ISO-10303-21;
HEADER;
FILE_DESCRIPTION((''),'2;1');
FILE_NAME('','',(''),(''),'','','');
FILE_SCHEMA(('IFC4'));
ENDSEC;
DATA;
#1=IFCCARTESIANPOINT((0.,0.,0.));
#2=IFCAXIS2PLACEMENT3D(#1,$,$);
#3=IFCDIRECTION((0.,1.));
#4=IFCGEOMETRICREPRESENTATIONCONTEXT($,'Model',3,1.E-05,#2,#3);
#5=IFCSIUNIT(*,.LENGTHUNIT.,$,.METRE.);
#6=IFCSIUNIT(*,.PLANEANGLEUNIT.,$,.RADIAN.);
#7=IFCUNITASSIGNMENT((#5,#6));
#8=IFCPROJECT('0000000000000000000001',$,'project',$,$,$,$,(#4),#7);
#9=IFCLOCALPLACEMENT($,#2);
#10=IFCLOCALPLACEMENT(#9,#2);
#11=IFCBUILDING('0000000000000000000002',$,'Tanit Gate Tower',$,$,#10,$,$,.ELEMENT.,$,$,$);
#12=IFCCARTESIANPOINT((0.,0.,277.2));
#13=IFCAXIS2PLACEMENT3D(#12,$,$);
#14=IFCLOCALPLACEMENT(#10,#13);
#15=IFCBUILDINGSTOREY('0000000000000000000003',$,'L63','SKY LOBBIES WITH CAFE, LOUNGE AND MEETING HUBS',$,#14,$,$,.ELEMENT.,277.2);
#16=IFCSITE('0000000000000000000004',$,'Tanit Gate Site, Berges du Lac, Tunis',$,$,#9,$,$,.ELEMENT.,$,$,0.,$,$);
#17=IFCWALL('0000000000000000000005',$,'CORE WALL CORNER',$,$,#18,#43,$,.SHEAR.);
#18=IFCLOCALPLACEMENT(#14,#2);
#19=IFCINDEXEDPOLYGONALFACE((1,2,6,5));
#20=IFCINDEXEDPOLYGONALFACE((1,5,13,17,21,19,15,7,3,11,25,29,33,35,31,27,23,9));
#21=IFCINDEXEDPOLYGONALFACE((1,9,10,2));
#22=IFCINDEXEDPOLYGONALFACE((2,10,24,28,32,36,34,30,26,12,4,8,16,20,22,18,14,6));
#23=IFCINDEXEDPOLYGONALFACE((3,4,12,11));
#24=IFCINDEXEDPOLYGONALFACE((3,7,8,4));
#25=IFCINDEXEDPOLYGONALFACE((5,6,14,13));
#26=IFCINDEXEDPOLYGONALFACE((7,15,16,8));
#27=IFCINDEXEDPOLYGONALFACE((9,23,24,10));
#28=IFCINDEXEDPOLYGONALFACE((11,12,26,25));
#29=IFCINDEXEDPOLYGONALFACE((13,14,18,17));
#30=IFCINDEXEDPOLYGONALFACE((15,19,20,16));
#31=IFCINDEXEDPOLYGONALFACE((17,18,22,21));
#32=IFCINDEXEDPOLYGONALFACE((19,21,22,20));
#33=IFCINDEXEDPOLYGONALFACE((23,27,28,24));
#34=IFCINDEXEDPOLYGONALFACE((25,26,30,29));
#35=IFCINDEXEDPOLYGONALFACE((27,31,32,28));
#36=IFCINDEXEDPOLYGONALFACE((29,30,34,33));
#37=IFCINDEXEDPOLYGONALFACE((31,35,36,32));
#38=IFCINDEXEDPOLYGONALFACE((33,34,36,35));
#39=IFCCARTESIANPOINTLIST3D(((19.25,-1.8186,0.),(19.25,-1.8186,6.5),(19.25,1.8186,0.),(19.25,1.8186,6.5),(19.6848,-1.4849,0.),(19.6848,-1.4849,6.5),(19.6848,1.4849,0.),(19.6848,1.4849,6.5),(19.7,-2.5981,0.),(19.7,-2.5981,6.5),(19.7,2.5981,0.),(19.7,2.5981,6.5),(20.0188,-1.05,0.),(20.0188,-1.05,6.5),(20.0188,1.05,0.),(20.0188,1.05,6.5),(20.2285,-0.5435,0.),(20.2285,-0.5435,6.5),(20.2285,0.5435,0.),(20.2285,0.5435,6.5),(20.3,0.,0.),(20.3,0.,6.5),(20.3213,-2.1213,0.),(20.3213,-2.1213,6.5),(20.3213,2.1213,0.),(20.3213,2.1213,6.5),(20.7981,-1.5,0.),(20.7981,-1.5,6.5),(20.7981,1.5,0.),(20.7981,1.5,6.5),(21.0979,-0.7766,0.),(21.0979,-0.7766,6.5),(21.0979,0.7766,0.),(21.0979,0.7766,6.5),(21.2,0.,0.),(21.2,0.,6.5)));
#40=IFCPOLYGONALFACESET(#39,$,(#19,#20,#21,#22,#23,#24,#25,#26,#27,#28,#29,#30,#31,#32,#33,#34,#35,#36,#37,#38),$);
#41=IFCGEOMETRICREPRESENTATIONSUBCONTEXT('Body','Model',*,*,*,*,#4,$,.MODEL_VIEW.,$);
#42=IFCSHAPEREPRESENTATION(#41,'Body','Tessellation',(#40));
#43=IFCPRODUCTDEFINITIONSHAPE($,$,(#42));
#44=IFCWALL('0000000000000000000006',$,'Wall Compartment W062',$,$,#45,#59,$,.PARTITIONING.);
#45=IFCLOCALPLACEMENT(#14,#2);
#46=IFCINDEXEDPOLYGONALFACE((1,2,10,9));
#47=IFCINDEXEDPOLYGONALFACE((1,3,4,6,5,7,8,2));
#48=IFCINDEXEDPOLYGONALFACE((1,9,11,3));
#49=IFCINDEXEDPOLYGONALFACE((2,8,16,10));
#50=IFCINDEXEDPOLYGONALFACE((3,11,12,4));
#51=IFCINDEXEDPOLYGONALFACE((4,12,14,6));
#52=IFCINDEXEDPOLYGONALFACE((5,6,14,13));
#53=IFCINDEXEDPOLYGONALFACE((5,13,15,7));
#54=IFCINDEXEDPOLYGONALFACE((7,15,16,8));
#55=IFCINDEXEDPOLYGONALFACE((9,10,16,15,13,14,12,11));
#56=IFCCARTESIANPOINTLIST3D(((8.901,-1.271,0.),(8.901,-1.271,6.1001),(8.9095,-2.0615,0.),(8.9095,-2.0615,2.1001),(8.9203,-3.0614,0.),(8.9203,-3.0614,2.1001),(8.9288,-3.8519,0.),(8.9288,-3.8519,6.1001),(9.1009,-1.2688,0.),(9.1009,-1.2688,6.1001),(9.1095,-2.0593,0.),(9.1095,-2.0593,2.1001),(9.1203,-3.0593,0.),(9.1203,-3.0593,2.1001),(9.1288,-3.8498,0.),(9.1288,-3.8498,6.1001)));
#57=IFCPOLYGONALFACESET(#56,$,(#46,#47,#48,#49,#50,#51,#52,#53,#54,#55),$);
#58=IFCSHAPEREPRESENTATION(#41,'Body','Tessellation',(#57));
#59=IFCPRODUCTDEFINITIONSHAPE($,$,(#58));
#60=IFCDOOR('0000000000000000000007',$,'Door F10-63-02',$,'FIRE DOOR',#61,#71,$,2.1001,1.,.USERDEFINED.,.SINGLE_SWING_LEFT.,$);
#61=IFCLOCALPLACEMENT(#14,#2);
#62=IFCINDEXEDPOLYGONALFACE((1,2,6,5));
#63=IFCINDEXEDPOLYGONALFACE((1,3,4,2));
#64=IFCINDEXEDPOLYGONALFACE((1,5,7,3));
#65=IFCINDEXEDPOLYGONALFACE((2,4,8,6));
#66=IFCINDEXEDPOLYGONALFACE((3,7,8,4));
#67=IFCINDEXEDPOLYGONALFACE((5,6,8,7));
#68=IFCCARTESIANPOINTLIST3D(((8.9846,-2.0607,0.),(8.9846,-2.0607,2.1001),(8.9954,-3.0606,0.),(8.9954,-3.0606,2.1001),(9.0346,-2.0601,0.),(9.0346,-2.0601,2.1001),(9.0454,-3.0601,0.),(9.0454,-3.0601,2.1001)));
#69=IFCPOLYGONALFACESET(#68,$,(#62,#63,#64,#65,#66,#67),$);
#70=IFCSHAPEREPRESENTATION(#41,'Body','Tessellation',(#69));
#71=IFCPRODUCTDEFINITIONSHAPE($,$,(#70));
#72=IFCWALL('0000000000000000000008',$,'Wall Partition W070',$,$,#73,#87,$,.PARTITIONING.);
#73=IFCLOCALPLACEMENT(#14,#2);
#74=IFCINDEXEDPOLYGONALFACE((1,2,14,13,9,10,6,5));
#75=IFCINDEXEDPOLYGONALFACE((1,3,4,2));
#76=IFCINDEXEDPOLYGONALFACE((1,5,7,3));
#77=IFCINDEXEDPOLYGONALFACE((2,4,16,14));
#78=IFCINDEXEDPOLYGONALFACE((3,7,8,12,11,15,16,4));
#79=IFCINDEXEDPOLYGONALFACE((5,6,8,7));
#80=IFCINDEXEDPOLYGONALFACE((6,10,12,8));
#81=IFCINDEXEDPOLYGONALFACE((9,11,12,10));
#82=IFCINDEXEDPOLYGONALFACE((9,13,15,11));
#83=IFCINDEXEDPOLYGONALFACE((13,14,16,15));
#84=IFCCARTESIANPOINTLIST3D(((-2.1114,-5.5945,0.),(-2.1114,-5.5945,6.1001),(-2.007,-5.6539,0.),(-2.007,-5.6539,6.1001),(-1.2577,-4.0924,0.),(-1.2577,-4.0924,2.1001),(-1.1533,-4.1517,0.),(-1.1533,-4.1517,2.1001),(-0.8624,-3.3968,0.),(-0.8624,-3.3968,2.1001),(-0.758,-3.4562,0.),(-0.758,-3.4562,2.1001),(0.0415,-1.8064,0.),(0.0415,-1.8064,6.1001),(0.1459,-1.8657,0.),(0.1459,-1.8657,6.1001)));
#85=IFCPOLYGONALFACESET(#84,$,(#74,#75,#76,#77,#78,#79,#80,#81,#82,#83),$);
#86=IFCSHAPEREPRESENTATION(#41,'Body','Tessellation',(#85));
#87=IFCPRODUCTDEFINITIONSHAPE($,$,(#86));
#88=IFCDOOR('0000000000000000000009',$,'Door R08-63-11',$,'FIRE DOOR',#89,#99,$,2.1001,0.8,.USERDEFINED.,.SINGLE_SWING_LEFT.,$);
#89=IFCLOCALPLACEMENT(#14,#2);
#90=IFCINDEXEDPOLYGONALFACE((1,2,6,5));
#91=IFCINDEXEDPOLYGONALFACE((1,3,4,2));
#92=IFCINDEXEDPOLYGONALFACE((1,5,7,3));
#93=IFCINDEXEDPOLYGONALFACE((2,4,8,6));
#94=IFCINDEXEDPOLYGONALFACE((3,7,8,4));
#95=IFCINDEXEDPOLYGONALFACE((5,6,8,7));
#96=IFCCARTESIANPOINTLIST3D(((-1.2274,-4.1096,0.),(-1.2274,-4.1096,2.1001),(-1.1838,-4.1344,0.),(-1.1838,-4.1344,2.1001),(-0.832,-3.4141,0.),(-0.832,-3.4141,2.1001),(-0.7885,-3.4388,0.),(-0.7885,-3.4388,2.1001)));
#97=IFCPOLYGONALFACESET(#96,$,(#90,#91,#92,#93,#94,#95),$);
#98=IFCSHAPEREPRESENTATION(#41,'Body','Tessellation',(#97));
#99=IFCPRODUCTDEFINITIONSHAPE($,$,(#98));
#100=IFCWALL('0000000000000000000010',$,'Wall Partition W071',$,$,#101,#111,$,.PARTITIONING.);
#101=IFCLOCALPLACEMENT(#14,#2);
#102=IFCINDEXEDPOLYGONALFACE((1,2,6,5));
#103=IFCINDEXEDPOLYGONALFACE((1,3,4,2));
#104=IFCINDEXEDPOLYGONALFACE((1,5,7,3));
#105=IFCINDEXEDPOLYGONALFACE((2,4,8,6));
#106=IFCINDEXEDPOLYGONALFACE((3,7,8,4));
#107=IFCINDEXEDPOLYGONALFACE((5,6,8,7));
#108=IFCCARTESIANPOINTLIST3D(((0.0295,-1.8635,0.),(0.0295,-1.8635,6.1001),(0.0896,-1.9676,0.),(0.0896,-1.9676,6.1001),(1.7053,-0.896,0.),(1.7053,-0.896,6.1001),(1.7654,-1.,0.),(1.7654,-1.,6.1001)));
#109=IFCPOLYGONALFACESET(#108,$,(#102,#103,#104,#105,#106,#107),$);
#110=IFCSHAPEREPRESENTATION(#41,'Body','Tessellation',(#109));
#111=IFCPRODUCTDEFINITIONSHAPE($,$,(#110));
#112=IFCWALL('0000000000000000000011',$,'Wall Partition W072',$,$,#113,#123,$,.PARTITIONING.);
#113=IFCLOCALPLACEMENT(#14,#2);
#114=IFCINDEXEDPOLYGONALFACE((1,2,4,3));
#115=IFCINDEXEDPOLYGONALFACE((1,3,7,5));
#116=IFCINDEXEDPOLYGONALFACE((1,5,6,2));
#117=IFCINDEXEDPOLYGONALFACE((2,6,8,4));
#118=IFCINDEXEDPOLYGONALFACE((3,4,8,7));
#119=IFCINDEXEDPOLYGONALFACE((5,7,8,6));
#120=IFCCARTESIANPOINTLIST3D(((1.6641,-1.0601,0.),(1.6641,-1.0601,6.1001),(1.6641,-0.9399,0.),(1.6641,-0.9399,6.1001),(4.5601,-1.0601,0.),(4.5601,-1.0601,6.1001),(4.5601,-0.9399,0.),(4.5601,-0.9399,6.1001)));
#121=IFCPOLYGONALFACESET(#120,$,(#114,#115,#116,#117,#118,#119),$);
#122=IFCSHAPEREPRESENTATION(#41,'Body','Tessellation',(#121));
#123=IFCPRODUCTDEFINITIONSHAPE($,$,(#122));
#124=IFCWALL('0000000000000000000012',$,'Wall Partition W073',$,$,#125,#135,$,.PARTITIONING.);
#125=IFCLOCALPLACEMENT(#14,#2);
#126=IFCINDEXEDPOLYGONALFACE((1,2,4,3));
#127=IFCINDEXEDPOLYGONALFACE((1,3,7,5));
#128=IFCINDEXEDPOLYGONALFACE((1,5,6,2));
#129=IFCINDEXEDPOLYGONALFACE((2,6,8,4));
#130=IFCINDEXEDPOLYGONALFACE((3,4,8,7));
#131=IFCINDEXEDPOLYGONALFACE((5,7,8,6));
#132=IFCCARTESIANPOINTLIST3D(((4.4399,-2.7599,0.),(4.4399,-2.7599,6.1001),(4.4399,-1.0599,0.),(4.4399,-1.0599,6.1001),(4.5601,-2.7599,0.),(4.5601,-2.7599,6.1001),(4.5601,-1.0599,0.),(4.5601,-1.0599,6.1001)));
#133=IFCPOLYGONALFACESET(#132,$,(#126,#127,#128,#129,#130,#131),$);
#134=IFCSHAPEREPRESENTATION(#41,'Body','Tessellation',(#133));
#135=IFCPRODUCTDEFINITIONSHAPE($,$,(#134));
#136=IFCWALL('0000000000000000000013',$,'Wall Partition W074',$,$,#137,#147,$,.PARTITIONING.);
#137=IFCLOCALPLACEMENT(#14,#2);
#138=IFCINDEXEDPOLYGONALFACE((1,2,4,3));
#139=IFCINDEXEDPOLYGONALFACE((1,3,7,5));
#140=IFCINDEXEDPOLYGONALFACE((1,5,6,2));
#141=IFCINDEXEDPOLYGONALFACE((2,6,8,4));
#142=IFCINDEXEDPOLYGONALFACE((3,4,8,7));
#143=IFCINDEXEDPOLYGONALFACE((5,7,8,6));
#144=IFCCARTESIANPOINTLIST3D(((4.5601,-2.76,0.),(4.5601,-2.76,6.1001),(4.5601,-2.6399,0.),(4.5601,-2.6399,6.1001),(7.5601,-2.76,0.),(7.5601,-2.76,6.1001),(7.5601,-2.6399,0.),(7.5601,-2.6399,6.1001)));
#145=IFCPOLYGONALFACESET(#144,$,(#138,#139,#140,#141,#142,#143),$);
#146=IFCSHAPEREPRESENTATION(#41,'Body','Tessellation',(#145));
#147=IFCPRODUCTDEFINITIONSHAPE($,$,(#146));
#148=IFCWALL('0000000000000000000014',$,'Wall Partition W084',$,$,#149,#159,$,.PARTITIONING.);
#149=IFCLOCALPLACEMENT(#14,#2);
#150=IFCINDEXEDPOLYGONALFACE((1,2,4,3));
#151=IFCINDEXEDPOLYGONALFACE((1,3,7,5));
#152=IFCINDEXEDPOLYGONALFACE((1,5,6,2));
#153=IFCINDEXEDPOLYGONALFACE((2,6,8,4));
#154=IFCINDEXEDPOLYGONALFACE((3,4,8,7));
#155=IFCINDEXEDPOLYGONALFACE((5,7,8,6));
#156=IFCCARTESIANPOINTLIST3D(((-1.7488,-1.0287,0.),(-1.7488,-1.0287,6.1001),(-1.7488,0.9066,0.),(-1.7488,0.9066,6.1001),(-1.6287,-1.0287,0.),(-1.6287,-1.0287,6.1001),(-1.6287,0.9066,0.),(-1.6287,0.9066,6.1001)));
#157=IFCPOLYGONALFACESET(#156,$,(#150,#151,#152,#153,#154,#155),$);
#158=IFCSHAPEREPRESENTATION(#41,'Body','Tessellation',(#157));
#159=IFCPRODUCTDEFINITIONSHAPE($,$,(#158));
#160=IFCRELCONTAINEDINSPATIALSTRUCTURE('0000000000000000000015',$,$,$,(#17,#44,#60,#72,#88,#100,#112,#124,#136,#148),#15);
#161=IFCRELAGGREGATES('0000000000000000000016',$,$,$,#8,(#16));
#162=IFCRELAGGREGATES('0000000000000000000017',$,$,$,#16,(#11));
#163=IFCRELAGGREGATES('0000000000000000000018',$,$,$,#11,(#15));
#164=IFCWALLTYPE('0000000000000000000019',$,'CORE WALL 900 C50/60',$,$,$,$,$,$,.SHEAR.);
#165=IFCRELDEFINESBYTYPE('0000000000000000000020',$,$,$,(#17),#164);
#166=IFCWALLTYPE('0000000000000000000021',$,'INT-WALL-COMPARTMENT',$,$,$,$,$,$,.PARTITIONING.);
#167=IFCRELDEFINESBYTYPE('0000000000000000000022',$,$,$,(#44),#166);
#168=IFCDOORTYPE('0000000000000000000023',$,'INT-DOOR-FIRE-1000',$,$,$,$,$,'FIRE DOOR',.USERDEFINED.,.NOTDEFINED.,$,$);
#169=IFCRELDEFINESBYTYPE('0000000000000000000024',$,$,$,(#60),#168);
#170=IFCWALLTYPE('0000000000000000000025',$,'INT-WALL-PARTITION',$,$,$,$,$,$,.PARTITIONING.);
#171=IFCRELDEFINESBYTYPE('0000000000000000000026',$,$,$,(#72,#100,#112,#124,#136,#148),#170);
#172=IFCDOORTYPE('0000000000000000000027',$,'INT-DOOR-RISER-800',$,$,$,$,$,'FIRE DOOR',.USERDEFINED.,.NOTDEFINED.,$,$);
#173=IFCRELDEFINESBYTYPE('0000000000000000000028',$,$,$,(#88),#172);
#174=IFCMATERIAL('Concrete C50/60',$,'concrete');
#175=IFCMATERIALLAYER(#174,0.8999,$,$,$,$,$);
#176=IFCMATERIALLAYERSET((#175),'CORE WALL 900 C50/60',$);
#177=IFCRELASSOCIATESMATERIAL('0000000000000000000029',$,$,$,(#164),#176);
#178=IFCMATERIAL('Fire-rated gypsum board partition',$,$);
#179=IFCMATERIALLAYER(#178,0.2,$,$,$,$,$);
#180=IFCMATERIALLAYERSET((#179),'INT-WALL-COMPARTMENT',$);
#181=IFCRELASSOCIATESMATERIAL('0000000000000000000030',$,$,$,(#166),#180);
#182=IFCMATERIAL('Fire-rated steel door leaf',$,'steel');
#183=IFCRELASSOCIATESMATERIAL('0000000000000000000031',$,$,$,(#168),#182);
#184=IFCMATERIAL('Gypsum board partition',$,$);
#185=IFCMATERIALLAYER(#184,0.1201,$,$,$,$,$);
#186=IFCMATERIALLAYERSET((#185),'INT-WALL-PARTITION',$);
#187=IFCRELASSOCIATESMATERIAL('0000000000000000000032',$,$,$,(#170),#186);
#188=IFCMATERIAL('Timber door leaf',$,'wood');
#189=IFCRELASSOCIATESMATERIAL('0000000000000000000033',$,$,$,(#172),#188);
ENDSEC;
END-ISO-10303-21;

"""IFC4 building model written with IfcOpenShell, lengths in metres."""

from ifc_helpers import new_model, si_unit, direction, frame, frame_2d, origin, place, context, subcontext, project, spatial, polyline, rectangle, outline, extrude, material, layer, layer_set, type_object, element, fill, save


model = new_model("IFC4")

# Units and contexts
model_context = context("Model", 3, precision=1e-05, world=origin(), true_north=direction((0.0, 1.0)))
body_context = subcontext(model_context, "Body", "Model", "MODEL_VIEW")
ifc_project = project(units=[si_unit("LENGTHUNIT", "METRE"), si_unit("PLANEANGLEUNIT", "RADIAN")], contexts=[model_context])

# Site, building, storey
site_placement = place(None, origin())
site = spatial("IfcSite", under=ifc_project, at=site_placement, Name="Tanit Gate Site, Berges du Lac, Tunis", CompositionType="ELEMENT", RefElevation=0.0)
building_placement = place(site_placement, origin())
building = spatial("IfcBuilding", under=site, at=building_placement, Name="Tanit Gate Tower", CompositionType="ELEMENT")
storey_placement = place(building_placement, frame((0.0, 0.0, 277.2)))
storey = spatial("IfcBuildingStorey", under=building, at=storey_placement, Name="L63", Description="SKY LOBBIES WITH CAFE, LOUNGE AND MEETING HUBS", CompositionType="ELEMENT", Elevation=277.2)

# Wall
ifc_material_1 = material(Name="Concrete C50/60", Category="concrete")
ifc_layer_1 = layer(ifc_material_1, 0.8999)
ifc_layer_set_1 = layer_set([ifc_layer_1], Name="CORE WALL 900 C50/60")
wall_type_1 = type_object("IfcWallType", Name="CORE WALL 900 C50/60", PredefinedType="SHEAR", material=ifc_layer_set_1)
wall_1_placement = place(storey_placement, origin())
element("IfcWall", 1, at=wall_1_placement, inside=storey, type_object=wall_type_1, Name="CORE WALL CORNER", PredefinedType="SHEAR", context=body_context, shape_type="SweptSolid", body=[
    extrude(outline(polyline([(19.7, -2.5981), (20.3213, -2.1213), (20.7981, -1.5), (21.0979, -0.7766), (21.2, 0.0), (21.0979, 0.7766), (20.7981, 1.5), (20.3213, 2.1213), (19.7, 2.5981), (19.25, 1.8186), (19.6848, 1.4849), (20.0188, 1.05), (20.2285, 0.5435), (20.3, 0.0), (20.2285, -0.5435), (20.0188, -1.05), (19.6848, -1.4849), (19.25, -1.8186), (19.7, -2.5981)])), origin(), (0.0, 0.0, 1.0), 6.5),
])

# Walls, openings, doors
ifc_material_2 = material(Name="Fire-rated gypsum board partition")
ifc_layer_2 = layer(ifc_material_2, 0.2)
ifc_layer_set_2 = layer_set([ifc_layer_2], Name="INT-WALL-COMPARTMENT")
wall_type_2 = type_object("IfcWallType", Name="INT-WALL-COMPARTMENT", PredefinedType="PARTITIONING", material=ifc_layer_set_2)
wall_2_placement = place(storey_placement, frame((9.0288, -3.8508, 0.0), z_axis=(0.0, 0.0, 1.0), x_axis=(-0.010784, 0.999942, 0.0)))
wall_2 = element("IfcWall", 2, at=wall_2_placement, inside=storey, type_object=wall_type_2, Name="Wall Compartment W062", PredefinedType="PARTITIONING", context=body_context, shape_type="SweptSolid", body=[
    extrude(rectangle(XDim=2.5811, YDim=0.2, at=frame_2d((1.2905, 0.0))), origin(), (0.0, 0.0, 1.0), 6.1001),
])
opening_1_placement = place(wall_2_placement, frame((0.7905, 0.0, 0.0)))
opening_1 = element("IfcOpeningElement", 3, at=opening_1_placement, cuts=wall_2, PredefinedType="OPENING", context=body_context, shape_type="SweptSolid", body=[
    extrude(rectangle(XDim=1.0, YDim=2.1001, at=frame_2d((0.5, 1.05))), frame((0.0, 0.1099, 0.0), z_axis=(0.0, -1.0, 0.0), x_axis=(1.0, 0.0, 0.0)), (0.0, 0.0, 1.0), 0.22),
])
ifc_material_3 = material(Name="Fire-rated steel door leaf", Category="steel")
door_type_1 = type_object("IfcDoorType", Name="INT-DOOR-FIRE-1000", ElementType="FIRE DOOR", OperationType="NOTDEFINED", PredefinedType="USERDEFINED", material=ifc_material_3)
door_1_placement = place(opening_1_placement, origin())
door_1 = element("IfcDoor", 4, at=door_1_placement, inside=storey, type_object=door_type_1, Name="Door F10-63-02", ObjectType="FIRE DOOR", OperationType="SINGLE_SWING_LEFT", OverallHeight=2.1001, OverallWidth=1.0, PredefinedType="USERDEFINED", context=body_context, shape_type="SweptSolid", body=[
    extrude(rectangle(XDim=1.0, YDim=2.1001, at=frame_2d((0.5, 1.05))), frame((0.0, 0.0249, 0.0), z_axis=(0.0, -1.0, 0.0), x_axis=(1.0, 0.0, 0.0)), (0.0, 0.0, 1.0), 0.05),
])
fill(opening_1, door_1)
ifc_material_4 = material(Name="Gypsum board partition")
ifc_layer_3 = layer(ifc_material_4, 0.1201)
ifc_layer_set_3 = layer_set([ifc_layer_3], Name="INT-WALL-PARTITION")
wall_type_3 = type_object("IfcWallType", Name="INT-WALL-PARTITION", PredefinedType="PARTITIONING", material=ifc_layer_set_3)
wall_3_placement = place(storey_placement, frame((0.0938, -1.8359, 0.0), z_axis=(0.0, 0.0, 1.0), x_axis=(-0.494098, -0.869406, 0.0)))
wall_3 = element("IfcWall", 5, at=wall_3_placement, inside=storey, type_object=wall_type_3, Name="Wall Partition W070", PredefinedType="PARTITIONING", context=body_context, shape_type="SweptSolid", body=[
    extrude(rectangle(XDim=4.3572, YDim=0.1201, at=frame_2d((2.1787, 0.0))), origin(), (0.0, 0.0, 1.0), 6.1001),
])
opening_2_placement = place(wall_3_placement, frame((1.8296, 0.0, 0.0)))
opening_2 = element("IfcOpeningElement", 6, at=opening_2_placement, cuts=wall_3, PredefinedType="OPENING", context=body_context, shape_type="SweptSolid", body=[
    extrude(rectangle(XDim=0.8, YDim=2.1001, at=frame_2d((0.3999, 1.05))), frame((0.0, 0.0701, 0.0), z_axis=(0.0, -1.0, 0.0), x_axis=(1.0, 0.0, 0.0)), (0.0, 0.0, 1.0), 0.1401),
])
ifc_material_5 = material(Name="Timber door leaf", Category="wood")
door_type_2 = type_object("IfcDoorType", Name="INT-DOOR-RISER-800", ElementType="FIRE DOOR", OperationType="NOTDEFINED", PredefinedType="USERDEFINED", material=ifc_material_5)
door_2_placement = place(opening_2_placement, origin())
door_2 = element("IfcDoor", 7, at=door_2_placement, inside=storey, type_object=door_type_2, Name="Door R08-63-11", ObjectType="FIRE DOOR", OperationType="SINGLE_SWING_LEFT", OverallHeight=2.1001, OverallWidth=0.8, PredefinedType="USERDEFINED", context=body_context, shape_type="SweptSolid", body=[
    extrude(rectangle(XDim=0.8, YDim=2.1001, at=frame_2d((0.3999, 1.05))), frame((0.0, 0.0249, 0.0), z_axis=(0.0, -1.0, 0.0), x_axis=(1.0, 0.0, 0.0)), (0.0, 0.0, 1.0), 0.05),
])
fill(opening_2, door_2)

# Walls
wall_4_placement = place(storey_placement, frame((1.7354, -0.948, 0.0), z_axis=(0.0, 0.0, 1.0), x_axis=(-0.866022, -0.500006, 0.0)))
element("IfcWall", 8, at=wall_4_placement, inside=storey, type_object=wall_type_3, Name="Wall Partition W071", PredefinedType="PARTITIONING", context=body_context, shape_type="SweptSolid", body=[
    extrude(rectangle(XDim=1.9351, YDim=0.1201, at=frame_2d((0.9675, 0.0))), origin(), (0.0, 0.0, 1.0), 6.1001),
])
wall_5_placement = place(storey_placement, frame((4.5601, -1.0, 0.0), z_axis=(0.0, 0.0, 1.0), x_axis=(-1.0, 0.0, 0.0)))
element("IfcWall", 9, at=wall_5_placement, inside=storey, type_object=wall_type_3, Name="Wall Partition W072", PredefinedType="PARTITIONING", context=body_context, shape_type="SweptSolid", body=[
    extrude(rectangle(XDim=2.896, YDim=0.1201, at=frame_2d((1.448, 0.0))), origin(), (0.0, 0.0, 1.0), 6.1001),
])
wall_6_placement = place(storey_placement, frame((4.5, -2.76, 0.0), z_axis=(0.0, 0.0, 1.0), x_axis=(0.0, 1.0, 0.0)))
element("IfcWall", 10, at=wall_6_placement, inside=storey, type_object=wall_type_3, Name="Wall Partition W073", PredefinedType="PARTITIONING", context=body_context, shape_type="SweptSolid", body=[
    extrude(rectangle(XDim=1.7, YDim=0.1201, at=frame_2d((0.8501, 0.0))), origin(), (0.0, 0.0, 1.0), 6.1001),
])
wall_7_placement = place(storey_placement, frame((7.5601, -2.7, 0.0), z_axis=(0.0, 0.0, 1.0), x_axis=(-1.0, 0.0, 0.0)))
element("IfcWall", 11, at=wall_7_placement, inside=storey, type_object=wall_type_3, Name="Wall Partition W074", PredefinedType="PARTITIONING", context=body_context, shape_type="SweptSolid", body=[
    extrude(rectangle(XDim=3.0, YDim=0.1201, at=frame_2d((1.5, 0.0))), origin(), (0.0, 0.0, 1.0), 6.1001),
])
wall_8_placement = place(storey_placement, frame((-1.6887, -1.0288, 0.0), z_axis=(0.0, 0.0, 1.0), x_axis=(0.0, 1.0, 0.0)))
element("IfcWall", 12, at=wall_8_placement, inside=storey, type_object=wall_type_3, Name="Wall Partition W084", PredefinedType="PARTITIONING", context=body_context, shape_type="SweptSolid", body=[
    extrude(rectangle(XDim=1.9353, YDim=0.1201, at=frame_2d((0.9678, 0.0))), origin(), (0.0, 0.0, 1.0), 6.1001),
])

save(model, "model.ifc")
